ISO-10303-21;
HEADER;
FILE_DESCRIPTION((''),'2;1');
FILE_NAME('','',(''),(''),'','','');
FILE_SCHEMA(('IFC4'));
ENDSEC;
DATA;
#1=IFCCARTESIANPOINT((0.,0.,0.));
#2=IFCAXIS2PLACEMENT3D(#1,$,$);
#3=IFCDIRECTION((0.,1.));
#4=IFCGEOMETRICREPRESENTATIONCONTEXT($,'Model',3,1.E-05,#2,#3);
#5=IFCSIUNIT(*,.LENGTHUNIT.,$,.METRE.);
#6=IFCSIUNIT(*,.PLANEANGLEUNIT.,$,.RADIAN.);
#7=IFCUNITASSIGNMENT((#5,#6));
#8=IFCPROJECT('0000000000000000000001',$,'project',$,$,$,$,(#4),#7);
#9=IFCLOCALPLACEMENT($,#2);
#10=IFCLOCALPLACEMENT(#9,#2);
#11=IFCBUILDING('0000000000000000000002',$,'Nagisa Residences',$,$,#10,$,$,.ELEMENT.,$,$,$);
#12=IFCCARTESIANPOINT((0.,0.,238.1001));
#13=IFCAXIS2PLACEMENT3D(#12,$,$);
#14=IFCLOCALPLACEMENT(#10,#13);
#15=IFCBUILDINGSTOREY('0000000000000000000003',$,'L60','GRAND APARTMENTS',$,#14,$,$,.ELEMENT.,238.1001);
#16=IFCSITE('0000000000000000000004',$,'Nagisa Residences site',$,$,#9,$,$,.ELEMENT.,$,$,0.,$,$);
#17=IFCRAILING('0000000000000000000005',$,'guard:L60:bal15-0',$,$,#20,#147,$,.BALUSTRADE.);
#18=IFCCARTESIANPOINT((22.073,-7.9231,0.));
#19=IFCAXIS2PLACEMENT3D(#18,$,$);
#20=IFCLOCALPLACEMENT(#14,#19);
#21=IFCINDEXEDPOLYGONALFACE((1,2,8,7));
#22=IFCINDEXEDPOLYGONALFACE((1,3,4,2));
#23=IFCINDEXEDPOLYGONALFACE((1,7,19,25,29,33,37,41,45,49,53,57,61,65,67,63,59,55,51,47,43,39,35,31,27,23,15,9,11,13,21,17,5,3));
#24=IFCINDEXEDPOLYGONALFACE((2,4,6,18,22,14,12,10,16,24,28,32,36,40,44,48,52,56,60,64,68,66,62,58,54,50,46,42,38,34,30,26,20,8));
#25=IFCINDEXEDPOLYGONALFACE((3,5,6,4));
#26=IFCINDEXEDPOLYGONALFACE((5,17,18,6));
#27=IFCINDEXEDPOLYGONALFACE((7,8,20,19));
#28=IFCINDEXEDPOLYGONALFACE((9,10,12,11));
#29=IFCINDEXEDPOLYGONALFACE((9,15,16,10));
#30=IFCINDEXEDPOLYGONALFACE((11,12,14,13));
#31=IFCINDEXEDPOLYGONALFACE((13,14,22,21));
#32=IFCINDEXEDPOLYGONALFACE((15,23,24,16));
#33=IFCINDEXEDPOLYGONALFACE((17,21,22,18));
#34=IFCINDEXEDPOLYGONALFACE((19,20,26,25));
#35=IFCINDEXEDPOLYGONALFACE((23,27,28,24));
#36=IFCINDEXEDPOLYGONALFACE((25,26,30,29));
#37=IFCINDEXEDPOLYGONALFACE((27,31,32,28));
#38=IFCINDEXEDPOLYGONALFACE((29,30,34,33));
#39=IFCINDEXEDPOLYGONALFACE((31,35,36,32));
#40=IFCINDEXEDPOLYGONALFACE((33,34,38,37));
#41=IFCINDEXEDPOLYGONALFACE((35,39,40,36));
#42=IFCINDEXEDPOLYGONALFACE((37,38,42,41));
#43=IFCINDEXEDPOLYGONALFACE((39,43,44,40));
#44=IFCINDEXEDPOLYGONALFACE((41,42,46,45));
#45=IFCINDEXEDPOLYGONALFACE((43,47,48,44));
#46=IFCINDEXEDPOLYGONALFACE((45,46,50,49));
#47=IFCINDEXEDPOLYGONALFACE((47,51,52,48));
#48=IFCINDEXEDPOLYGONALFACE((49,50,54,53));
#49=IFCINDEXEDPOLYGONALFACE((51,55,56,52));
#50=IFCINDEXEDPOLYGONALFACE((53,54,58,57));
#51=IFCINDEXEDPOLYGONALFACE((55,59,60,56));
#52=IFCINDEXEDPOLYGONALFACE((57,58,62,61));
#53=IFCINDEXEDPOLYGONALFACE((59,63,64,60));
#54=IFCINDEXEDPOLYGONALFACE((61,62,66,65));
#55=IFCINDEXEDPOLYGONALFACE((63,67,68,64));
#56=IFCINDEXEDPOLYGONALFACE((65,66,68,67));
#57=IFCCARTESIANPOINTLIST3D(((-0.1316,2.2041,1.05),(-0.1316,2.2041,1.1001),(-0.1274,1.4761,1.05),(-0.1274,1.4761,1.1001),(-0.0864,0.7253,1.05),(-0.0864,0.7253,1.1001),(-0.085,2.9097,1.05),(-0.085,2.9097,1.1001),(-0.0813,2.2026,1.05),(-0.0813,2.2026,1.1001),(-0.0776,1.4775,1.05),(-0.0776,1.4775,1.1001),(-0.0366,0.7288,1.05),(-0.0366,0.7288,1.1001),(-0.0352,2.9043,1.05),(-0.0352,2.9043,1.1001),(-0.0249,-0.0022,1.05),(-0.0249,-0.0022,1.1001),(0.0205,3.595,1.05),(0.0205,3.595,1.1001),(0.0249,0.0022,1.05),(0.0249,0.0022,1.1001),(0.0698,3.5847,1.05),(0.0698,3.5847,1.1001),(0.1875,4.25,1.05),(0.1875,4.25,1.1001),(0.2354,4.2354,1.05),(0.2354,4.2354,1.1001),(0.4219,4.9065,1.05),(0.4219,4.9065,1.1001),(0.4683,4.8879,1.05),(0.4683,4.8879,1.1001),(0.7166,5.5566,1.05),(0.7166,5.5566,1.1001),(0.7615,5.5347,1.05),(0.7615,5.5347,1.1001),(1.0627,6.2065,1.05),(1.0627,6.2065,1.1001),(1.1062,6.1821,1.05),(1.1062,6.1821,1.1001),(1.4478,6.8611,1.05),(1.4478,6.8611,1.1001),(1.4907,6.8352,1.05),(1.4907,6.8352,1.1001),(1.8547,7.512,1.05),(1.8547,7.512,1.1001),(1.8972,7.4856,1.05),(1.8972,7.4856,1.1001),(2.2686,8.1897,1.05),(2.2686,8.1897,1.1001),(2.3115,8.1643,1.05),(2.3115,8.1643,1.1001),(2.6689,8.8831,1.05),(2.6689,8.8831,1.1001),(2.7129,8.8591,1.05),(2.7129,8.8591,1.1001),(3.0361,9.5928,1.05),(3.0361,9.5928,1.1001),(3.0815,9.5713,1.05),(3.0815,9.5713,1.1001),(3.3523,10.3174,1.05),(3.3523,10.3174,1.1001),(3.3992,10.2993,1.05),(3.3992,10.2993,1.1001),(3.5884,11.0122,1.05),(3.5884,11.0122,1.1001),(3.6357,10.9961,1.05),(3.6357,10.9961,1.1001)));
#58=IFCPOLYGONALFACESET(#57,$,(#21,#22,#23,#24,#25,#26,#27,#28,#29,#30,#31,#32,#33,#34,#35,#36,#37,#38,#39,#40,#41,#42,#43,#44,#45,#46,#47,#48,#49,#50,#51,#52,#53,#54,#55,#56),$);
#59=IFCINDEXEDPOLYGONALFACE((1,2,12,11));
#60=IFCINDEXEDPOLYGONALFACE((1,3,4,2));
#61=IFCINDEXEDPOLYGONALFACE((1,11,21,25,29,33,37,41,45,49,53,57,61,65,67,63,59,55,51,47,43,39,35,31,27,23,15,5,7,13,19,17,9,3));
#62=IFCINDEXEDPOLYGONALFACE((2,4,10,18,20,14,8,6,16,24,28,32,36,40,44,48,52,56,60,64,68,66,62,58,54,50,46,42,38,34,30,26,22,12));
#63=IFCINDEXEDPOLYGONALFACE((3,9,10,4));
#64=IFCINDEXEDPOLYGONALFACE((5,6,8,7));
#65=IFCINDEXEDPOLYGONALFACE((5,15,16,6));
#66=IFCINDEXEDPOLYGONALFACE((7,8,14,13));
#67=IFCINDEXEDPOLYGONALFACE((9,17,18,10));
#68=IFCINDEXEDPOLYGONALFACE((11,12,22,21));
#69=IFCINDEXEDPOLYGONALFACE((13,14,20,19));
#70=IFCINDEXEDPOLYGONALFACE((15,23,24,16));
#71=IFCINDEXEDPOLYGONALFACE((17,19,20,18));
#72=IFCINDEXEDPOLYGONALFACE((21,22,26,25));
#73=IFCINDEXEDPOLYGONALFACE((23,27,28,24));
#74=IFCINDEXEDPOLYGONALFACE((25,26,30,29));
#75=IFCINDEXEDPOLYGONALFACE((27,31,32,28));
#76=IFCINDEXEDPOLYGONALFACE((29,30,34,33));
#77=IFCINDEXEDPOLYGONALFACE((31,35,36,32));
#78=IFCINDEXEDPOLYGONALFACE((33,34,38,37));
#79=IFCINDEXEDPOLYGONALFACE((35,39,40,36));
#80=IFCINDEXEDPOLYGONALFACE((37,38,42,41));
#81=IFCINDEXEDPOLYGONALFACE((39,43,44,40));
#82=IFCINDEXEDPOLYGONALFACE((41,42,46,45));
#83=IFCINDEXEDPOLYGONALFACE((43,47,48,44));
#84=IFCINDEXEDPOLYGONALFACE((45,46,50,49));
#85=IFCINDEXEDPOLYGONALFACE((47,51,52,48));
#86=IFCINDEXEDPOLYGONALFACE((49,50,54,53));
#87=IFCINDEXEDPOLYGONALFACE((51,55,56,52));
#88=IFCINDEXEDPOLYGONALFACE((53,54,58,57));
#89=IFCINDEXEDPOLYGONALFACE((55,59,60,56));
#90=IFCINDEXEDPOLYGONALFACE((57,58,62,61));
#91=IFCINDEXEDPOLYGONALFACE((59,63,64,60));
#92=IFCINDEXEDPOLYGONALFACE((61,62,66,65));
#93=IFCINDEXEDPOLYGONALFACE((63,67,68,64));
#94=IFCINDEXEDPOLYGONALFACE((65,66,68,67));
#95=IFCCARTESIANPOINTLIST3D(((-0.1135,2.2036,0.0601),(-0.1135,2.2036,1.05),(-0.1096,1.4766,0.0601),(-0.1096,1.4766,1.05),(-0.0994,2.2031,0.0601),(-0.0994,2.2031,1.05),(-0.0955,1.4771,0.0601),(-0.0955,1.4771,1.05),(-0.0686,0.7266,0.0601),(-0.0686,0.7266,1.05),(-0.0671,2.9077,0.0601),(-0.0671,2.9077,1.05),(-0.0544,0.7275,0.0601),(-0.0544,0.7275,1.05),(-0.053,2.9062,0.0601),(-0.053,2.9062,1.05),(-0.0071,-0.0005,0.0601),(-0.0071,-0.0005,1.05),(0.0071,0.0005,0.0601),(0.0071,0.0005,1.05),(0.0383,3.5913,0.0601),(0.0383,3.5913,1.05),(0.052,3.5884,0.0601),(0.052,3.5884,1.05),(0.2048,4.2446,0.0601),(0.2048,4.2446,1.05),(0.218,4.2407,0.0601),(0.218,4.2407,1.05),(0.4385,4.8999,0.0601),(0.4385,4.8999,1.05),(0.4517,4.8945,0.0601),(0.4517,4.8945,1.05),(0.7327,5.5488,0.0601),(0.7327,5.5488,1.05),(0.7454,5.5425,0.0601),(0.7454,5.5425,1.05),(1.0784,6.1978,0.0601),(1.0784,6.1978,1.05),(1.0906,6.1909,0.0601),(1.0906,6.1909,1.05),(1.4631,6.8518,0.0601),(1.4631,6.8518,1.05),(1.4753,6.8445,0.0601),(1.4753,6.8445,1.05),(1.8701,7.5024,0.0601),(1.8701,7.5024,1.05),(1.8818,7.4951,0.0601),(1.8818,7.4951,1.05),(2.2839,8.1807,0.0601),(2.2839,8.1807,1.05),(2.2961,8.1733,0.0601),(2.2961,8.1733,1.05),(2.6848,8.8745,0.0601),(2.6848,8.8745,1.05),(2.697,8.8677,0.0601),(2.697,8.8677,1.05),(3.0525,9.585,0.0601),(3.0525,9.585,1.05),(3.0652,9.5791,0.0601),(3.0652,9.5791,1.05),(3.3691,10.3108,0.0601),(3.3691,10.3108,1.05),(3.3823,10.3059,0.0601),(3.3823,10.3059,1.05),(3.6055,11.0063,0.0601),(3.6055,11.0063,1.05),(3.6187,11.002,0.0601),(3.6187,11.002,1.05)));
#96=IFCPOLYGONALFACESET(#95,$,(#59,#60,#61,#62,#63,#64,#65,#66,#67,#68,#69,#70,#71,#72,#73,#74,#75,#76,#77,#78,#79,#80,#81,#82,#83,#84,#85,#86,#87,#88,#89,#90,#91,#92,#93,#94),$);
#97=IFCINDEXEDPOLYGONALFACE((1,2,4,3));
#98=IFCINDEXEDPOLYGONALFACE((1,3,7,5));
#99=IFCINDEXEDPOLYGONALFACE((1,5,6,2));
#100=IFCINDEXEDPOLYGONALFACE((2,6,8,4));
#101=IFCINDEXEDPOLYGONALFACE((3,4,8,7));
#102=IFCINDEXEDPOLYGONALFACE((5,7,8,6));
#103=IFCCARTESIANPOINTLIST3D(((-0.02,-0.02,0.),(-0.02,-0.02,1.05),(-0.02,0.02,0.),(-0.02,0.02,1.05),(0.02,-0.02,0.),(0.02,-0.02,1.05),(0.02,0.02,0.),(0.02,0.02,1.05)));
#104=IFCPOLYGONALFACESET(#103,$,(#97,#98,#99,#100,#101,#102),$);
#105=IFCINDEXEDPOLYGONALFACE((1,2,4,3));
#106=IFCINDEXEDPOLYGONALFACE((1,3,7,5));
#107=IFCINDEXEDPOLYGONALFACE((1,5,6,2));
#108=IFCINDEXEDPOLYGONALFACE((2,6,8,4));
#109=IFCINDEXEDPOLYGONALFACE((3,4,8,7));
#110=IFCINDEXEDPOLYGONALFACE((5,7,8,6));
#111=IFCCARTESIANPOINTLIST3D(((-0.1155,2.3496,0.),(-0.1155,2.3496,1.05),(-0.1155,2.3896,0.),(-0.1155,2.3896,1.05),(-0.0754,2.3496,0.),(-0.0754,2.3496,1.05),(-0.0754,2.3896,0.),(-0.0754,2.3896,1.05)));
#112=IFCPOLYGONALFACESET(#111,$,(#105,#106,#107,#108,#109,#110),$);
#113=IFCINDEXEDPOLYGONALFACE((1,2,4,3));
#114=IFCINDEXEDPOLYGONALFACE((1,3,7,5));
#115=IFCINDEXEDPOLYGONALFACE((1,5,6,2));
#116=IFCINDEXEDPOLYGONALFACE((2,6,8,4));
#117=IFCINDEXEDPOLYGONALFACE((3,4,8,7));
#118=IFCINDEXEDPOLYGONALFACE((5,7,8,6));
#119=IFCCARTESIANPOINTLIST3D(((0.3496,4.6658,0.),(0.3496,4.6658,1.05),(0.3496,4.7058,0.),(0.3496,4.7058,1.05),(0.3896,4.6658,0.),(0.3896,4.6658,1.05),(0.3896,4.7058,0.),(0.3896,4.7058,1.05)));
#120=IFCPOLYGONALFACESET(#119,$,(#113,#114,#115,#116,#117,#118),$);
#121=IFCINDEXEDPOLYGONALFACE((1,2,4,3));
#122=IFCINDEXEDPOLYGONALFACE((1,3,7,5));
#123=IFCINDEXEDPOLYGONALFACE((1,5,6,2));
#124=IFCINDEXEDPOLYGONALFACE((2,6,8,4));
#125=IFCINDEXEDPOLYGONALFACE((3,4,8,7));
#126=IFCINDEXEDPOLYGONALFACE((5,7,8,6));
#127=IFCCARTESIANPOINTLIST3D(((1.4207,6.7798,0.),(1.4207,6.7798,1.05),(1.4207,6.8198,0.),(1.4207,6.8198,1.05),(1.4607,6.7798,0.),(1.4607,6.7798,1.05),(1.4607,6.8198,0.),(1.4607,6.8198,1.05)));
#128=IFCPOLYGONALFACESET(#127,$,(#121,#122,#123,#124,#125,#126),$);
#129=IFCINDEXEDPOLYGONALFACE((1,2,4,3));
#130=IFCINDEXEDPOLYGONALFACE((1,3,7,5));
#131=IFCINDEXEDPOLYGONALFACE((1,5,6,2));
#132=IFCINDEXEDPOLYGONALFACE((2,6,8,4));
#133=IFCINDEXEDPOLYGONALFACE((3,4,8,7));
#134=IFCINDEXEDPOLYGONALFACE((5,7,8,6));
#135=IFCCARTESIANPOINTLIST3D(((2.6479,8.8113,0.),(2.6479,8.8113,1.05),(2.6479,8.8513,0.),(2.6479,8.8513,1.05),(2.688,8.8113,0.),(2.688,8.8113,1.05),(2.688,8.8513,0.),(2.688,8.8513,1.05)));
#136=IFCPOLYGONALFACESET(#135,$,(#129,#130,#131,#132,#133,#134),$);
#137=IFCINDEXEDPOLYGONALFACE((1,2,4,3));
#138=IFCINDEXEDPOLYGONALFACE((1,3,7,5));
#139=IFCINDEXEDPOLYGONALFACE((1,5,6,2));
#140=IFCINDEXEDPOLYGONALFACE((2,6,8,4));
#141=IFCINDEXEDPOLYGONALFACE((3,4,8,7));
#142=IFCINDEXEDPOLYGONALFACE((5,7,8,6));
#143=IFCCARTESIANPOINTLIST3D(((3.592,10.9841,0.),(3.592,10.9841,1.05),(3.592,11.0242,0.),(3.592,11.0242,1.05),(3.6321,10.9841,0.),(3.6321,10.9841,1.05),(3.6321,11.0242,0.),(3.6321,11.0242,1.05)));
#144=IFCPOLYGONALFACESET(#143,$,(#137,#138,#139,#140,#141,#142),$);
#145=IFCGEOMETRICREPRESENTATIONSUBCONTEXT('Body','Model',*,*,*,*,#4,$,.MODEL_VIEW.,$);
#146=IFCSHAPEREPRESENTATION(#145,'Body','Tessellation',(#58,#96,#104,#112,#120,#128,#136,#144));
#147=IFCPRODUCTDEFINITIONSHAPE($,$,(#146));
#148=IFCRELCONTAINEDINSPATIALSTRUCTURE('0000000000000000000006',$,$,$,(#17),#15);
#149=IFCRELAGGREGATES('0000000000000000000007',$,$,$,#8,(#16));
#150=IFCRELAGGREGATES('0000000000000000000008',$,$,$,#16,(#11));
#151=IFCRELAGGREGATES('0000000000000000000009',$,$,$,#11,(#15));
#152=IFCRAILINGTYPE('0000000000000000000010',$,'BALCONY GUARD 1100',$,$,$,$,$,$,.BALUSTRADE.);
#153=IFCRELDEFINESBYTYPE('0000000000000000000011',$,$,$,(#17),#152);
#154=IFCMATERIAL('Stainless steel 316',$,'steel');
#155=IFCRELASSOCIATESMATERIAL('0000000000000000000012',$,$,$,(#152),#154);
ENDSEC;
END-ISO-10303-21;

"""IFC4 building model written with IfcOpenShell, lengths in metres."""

from ifc_helpers import new_model, si_unit, direction, frame, origin, origin_2d, place, context, subcontext, project, spatial, polyline, rectangle, outline, extrude, material, type_object, element, save


model = new_model("IFC4")

# Units and contexts
model_context = context("Model", 3, precision=1e-05, world=origin(), true_north=direction((0.0, 1.0)))
body_context = subcontext(model_context, "Body", "Model", "MODEL_VIEW")
ifc_project = project(units=[si_unit("LENGTHUNIT", "METRE"), si_unit("PLANEANGLEUNIT", "RADIAN")], contexts=[model_context])

# Site, building, storey
site_placement = place(None, origin())
site = spatial("IfcSite", under=ifc_project, at=site_placement, Name="Nagisa Residences site", CompositionType="ELEMENT", RefElevation=0.0)
building_placement = place(site_placement, origin())
building = spatial("IfcBuilding", under=site, at=building_placement, Name="Nagisa Residences", CompositionType="ELEMENT")
storey_placement = place(building_placement, frame((0.0, 0.0, 238.1001)))
storey = spatial("IfcBuildingStorey", under=building, at=storey_placement, Name="L60", Description="GRAND APARTMENTS", CompositionType="ELEMENT", Elevation=238.1001)

# Railing
ifc_material_1 = material(Name="Stainless steel 316", Category="steel")
railing_type_1 = type_object("IfcRailingType", Name="BALCONY GUARD 1100", PredefinedType="BALUSTRADE", material=ifc_material_1)
railing_1_placement = place(storey_placement, frame((22.073, -7.9231, 0.0)))
element("IfcRailing", 1, at=railing_1_placement, inside=storey, type_object=railing_type_1, Name="guard:L60:bal15-0", PredefinedType="BALUSTRADE", context=body_context, shape_type="SweptSolid", body=[
    extrude(outline(polyline([(-0.0864, 0.7253), (-0.0249, -0.0022), (0.0249, 0.0022), (-0.0366, 0.7288), (-0.0776, 1.4775), (-0.0813, 2.2026), (-0.0352, 2.9043), (0.0698, 3.5847), (0.2354, 4.2354), (0.4683, 4.8879), (0.7615, 5.5347), (1.1062, 6.1821), (1.4907, 6.8352), (1.8972, 7.4856), (2.3115, 8.1643), (2.7129, 8.8591), (3.0815, 9.5713), (3.3992, 10.2993), (3.6357, 10.9961), (3.5884, 11.0122), (3.3523, 10.3174), (3.0361, 9.5928), (2.6689, 8.8831), (2.2686, 8.1897), (1.8547, 7.512), (1.4478, 6.8611), (1.0627, 6.2065), (0.7166, 5.5566), (0.4219, 4.9065), (0.1875, 4.25), (0.0205, 3.595), (-0.085, 2.9097), (-0.1316, 2.2041), (-0.1274, 1.4761), (-0.0864, 0.7253)])), frame((0.0, 0.0, 1.05)), (0.0, 0.0, 1.0), 0.05),
    extrude(outline(polyline([(-0.0686, 0.7266), (-0.0071, -0.0005), (0.0071, 0.0005), (-0.0544, 0.7275), (-0.0955, 1.4771), (-0.0994, 2.2031), (-0.053, 2.9062), (0.052, 3.5884), (0.218, 4.2407), (0.4517, 4.8945), (0.7454, 5.5425), (1.0906, 6.1909), (1.4753, 6.8445), (1.8818, 7.4951), (2.2961, 8.1733), (2.697, 8.8677), (3.0652, 9.5791), (3.3823, 10.3059), (3.6187, 11.002), (3.6055, 11.0063), (3.3691, 10.3108), (3.0525, 9.585), (2.6848, 8.8745), (2.2839, 8.1807), (1.8701, 7.5024), (1.4631, 6.8518), (1.0784, 6.1978), (0.7327, 5.5488), (0.4385, 4.8999), (0.2048, 4.2446), (0.0383, 3.5913), (-0.0671, 2.9077), (-0.1135, 2.2036), (-0.1096, 1.4766), (-0.0686, 0.7266)])), frame((0.0, 0.0, 0.0601)), (0.0, 0.0, 1.0), 0.99),
    extrude(rectangle(XDim=0.04, YDim=0.04, at=origin_2d()), origin(), (0.0, 0.0, 1.0), 1.05),
    extrude(rectangle(XDim=0.04, YDim=0.04, at=origin_2d()), frame((-0.0955, 2.3696, 0.0)), (0.0, 0.0, 1.0), 1.05),
    extrude(rectangle(XDim=0.04, YDim=0.04, at=origin_2d()), frame((0.3696, 4.6858, 0.0)), (0.0, 0.0, 1.0), 1.05),
    extrude(rectangle(XDim=0.04, YDim=0.04, at=origin_2d()), frame((1.4407, 6.7998, 0.0)), (0.0, 0.0, 1.0), 1.05),
    extrude(rectangle(XDim=0.04, YDim=0.04, at=origin_2d()), frame((2.668, 8.8313, 0.0)), (0.0, 0.0, 1.0), 1.05),
    extrude(rectangle(XDim=0.04, YDim=0.04, at=origin_2d()), frame((3.6121, 11.0042, 0.0)), (0.0, 0.0, 1.0), 1.05),
])

save(model, "model.ifc")
